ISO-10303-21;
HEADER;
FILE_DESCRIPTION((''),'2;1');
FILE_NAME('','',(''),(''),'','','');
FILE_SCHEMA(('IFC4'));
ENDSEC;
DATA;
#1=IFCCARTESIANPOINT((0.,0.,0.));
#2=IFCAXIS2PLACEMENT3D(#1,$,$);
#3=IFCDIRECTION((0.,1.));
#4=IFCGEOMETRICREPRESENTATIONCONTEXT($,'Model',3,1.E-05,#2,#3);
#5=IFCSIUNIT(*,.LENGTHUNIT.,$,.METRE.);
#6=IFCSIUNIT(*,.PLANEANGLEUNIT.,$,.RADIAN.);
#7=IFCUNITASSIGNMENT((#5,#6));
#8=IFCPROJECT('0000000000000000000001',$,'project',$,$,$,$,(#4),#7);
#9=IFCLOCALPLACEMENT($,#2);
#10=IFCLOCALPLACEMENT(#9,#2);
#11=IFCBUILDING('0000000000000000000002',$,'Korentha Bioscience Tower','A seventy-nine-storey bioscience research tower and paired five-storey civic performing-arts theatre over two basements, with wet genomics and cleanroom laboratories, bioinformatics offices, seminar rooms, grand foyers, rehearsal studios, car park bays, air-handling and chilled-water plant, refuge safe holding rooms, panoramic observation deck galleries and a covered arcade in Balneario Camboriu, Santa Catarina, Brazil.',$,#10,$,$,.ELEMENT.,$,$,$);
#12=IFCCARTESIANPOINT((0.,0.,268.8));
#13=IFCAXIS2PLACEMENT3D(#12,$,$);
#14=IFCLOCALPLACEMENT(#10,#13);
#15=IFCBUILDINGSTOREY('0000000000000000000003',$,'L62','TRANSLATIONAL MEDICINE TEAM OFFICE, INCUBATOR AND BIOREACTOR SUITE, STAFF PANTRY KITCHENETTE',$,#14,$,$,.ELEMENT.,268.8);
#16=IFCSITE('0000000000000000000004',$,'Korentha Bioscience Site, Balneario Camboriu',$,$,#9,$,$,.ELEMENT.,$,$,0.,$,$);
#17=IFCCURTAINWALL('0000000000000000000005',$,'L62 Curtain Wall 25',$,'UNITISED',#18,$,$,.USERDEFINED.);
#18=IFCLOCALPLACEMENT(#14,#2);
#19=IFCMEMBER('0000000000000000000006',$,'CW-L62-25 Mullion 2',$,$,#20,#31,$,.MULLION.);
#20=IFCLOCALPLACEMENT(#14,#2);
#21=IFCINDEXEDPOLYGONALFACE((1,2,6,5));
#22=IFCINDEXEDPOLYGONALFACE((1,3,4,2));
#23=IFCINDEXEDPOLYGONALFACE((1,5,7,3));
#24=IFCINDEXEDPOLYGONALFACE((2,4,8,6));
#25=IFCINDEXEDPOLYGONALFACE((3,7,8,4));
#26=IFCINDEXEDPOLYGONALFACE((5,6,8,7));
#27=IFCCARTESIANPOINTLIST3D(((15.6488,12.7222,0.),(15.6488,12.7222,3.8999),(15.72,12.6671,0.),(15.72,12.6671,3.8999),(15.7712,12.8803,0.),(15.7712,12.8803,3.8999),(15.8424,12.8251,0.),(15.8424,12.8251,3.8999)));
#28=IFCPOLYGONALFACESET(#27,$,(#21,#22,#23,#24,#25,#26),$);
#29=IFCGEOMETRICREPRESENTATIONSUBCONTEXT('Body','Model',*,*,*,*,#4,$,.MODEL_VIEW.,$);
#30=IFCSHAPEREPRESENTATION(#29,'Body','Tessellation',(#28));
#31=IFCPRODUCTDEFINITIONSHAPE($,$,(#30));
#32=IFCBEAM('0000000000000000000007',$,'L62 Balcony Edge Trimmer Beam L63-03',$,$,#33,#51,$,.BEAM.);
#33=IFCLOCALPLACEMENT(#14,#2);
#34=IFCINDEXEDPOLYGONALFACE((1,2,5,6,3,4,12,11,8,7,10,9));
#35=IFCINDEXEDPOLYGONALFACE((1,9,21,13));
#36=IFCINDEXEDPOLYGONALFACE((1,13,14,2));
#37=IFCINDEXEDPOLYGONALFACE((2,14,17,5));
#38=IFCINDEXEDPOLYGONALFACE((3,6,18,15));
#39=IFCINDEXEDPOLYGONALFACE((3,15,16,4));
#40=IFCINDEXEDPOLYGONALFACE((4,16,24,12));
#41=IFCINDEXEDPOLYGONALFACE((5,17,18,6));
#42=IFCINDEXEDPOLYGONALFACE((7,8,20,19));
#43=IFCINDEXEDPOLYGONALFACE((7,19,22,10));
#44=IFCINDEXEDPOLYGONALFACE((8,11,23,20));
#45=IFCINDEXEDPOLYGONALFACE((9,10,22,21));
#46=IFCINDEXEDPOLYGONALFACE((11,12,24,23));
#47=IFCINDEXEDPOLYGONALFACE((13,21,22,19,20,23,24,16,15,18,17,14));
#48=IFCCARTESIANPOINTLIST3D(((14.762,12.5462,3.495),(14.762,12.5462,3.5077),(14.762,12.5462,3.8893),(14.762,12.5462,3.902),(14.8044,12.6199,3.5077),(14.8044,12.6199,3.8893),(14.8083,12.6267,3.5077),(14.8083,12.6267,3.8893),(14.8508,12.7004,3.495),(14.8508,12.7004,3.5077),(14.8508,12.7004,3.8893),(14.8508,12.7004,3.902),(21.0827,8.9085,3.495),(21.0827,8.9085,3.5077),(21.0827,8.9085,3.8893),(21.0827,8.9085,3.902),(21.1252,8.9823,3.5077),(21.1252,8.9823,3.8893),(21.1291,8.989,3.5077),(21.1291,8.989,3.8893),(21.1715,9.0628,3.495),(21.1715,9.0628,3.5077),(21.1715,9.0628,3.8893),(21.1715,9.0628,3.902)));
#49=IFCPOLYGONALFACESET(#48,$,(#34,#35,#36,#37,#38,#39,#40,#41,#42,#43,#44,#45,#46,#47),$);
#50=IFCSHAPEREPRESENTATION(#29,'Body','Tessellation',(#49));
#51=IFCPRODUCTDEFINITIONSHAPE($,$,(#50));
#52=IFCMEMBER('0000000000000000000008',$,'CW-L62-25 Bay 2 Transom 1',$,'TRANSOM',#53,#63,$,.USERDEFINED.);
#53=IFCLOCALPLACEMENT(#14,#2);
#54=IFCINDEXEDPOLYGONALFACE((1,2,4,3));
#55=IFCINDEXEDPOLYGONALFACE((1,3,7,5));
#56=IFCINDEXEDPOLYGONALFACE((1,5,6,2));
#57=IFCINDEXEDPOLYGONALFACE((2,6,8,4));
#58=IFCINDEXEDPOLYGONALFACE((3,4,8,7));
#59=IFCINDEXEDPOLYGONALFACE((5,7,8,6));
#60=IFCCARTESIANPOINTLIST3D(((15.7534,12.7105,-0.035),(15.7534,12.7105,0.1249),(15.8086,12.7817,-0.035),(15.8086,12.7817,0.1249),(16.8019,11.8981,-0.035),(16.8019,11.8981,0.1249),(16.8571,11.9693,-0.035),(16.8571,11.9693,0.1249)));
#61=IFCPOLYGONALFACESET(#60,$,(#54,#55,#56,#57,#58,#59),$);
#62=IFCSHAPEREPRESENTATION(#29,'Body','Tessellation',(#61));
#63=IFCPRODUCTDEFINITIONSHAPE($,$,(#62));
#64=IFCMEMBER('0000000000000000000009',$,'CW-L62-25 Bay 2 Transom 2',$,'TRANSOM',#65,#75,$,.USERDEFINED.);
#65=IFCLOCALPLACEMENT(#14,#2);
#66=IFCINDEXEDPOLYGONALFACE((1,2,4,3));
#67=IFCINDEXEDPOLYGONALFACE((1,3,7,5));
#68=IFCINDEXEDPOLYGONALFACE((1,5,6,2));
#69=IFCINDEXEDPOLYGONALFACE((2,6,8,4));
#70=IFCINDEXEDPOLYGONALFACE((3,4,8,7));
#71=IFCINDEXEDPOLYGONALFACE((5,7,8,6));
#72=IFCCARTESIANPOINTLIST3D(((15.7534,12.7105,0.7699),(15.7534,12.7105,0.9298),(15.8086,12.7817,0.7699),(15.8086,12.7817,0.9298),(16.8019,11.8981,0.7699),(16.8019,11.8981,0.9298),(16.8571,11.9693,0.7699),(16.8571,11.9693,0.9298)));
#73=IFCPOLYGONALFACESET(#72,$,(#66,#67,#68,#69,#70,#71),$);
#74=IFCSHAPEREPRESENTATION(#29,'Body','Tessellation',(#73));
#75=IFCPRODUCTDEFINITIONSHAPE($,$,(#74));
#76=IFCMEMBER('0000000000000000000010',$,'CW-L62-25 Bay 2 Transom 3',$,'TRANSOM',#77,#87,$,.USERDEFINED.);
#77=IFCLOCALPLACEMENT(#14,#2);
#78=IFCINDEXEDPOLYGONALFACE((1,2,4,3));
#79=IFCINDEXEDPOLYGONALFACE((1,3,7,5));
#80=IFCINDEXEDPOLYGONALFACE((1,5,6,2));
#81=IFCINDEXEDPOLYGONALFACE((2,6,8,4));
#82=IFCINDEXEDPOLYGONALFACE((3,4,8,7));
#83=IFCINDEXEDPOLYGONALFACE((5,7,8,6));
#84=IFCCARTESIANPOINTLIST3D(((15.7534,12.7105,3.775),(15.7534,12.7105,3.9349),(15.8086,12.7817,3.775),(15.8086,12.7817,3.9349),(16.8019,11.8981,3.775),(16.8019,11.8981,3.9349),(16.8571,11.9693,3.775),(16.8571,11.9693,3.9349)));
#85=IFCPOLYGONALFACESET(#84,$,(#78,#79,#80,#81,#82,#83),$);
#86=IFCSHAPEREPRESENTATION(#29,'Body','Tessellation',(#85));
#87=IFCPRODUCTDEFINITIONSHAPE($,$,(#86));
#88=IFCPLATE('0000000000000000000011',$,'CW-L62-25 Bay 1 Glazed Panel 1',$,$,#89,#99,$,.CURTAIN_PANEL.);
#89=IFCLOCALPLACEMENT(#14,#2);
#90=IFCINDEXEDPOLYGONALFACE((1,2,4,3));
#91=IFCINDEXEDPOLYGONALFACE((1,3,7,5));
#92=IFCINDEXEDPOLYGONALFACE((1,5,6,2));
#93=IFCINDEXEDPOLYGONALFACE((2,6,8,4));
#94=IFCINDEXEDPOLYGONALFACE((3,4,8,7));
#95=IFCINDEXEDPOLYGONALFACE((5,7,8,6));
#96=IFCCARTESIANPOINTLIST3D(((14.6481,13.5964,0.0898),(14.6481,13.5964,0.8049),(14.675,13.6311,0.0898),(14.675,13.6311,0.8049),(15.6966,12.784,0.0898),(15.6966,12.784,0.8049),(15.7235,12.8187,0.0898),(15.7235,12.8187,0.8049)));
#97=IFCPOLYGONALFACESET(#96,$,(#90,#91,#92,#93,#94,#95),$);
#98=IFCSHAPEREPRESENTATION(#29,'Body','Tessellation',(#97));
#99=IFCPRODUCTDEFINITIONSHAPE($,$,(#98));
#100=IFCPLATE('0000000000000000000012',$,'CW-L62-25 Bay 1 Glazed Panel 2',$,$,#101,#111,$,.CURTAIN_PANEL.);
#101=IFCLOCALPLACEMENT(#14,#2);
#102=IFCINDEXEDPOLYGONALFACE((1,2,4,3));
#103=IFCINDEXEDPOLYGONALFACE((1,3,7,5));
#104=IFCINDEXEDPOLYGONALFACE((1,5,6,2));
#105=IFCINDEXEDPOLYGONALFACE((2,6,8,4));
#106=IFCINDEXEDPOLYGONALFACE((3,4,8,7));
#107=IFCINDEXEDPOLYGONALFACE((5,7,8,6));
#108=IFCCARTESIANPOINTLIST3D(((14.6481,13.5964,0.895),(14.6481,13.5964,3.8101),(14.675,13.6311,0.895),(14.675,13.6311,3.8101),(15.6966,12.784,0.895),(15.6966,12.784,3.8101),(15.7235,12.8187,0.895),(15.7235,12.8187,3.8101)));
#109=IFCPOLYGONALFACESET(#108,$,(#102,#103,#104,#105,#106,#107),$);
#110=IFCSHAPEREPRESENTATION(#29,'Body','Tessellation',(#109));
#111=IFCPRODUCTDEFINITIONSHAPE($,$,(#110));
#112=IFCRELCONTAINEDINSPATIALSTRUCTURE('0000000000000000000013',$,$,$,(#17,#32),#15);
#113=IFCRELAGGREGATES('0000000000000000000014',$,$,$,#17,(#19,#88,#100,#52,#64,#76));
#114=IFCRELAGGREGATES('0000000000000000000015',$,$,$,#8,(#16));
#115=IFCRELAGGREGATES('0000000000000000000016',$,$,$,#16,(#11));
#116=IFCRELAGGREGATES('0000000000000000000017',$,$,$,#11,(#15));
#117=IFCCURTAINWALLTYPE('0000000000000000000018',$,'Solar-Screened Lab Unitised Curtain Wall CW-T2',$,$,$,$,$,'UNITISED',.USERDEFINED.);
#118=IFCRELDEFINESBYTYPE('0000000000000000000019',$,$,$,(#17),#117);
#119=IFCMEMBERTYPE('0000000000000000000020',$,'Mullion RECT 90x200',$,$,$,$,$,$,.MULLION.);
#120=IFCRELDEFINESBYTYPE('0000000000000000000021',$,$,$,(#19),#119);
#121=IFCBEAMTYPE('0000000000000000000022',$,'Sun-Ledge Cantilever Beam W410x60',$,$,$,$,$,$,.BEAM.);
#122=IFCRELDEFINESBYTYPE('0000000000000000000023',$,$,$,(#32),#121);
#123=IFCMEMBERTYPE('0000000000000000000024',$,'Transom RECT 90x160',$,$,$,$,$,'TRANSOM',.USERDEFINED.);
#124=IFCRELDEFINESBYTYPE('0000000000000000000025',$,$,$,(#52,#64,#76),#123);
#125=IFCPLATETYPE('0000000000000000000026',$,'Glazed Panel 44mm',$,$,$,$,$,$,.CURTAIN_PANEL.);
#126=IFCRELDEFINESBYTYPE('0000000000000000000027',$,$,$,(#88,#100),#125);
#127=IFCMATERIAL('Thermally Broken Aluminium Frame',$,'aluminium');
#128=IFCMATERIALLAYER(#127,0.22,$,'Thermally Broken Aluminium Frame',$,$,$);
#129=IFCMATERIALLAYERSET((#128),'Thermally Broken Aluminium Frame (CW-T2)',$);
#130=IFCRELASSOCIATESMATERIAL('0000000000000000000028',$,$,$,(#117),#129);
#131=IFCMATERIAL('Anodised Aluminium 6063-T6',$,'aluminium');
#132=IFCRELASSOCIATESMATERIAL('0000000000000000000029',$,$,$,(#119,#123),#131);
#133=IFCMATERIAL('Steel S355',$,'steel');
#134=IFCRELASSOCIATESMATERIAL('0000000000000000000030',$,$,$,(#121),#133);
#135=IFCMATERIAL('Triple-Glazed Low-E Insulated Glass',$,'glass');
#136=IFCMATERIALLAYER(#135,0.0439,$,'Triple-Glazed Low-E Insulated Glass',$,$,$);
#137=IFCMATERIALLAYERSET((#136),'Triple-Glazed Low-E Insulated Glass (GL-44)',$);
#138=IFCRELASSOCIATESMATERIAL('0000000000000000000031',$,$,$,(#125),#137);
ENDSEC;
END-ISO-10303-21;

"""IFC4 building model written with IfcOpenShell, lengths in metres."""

from ifc_helpers import new_model, si_unit, direction, frame, origin, origin_2d, place, context, subcontext, project, spatial, rectangle, i_section, extrude, material, layer, layer_set, material_profile, profile_set, type_object, element, aggregate, save


model = new_model("IFC4")

# Units and contexts
model_context = context("Model", 3, precision=1e-05, world=origin(), true_north=direction((0.0, 1.0)))
body_context = subcontext(model_context, "Body", "Model", "MODEL_VIEW")
ifc_project = project(units=[si_unit("LENGTHUNIT", "METRE"), si_unit("PLANEANGLEUNIT", "RADIAN")], contexts=[model_context])

# Site, building, storey
site_placement = place(None, origin())
site = spatial("IfcSite", under=ifc_project, at=site_placement, Name="Korentha Bioscience Site, Balneario Camboriu", CompositionType="ELEMENT", RefElevation=0.0)
building_placement = place(site_placement, origin())
building = spatial("IfcBuilding", under=site, at=building_placement, Name="Korentha Bioscience Tower", Description="A seventy-nine-storey bioscience research tower and paired five-storey civic performing-arts theatre over two basements, with wet genomics and cleanroom laboratories, bioinformatics offices, seminar rooms, grand foyers, rehearsal studios, car park bays, air-handling and chilled-water plant, refuge safe holding rooms, panoramic observation deck galleries and a covered arcade in Balneario Camboriu, Santa Catarina, Brazil.", CompositionType="ELEMENT")
storey_placement = place(building_placement, frame((0.0, 0.0, 268.8)))
storey = spatial("IfcBuildingStorey", under=building, at=storey_placement, Name="L62", Description="TRANSLATIONAL MEDICINE TEAM OFFICE, INCUBATOR AND BIOREACTOR SUITE, STAFF PANTRY KITCHENETTE", CompositionType="ELEMENT", Elevation=268.8)

# Curtain wall, member
ifc_material_1 = material(Name="Thermally Broken Aluminium Frame", Category="aluminium")
ifc_layer_1 = layer(ifc_material_1, 0.22, Name="Thermally Broken Aluminium Frame")
ifc_layer_set_1 = layer_set([ifc_layer_1], Name="Thermally Broken Aluminium Frame (CW-T2)")
curtain_wall_type = type_object("IfcCurtainWallType", Name="Solar-Screened Lab Unitised Curtain Wall CW-T2", ElementType="UNITISED", PredefinedType="USERDEFINED", material=ifc_layer_set_1)
curtain_wall_placement = place(storey_placement, origin())
curtain_wall = element("IfcCurtainWall", 1, at=curtain_wall_placement, inside=storey, type_object=curtain_wall_type, Name="L62 Curtain Wall 25", ObjectType="UNITISED", PredefinedType="USERDEFINED")
ifc_material_2 = material(Name="Anodised Aluminium 6063-T6", Category="aluminium")
ifc_material_profile_1 = material_profile(ifc_material_2, rectangle(XDim=0.0901, YDim=0.2, at=origin_2d()), Name="Anodised Aluminium 6063-T6")
ifc_profile_set_1 = profile_set([ifc_material_profile_1], Name="Anodised Aluminium 6063-T6 (CW-MUL)")
member_type_1 = type_object("IfcMemberType", Name="Mullion RECT 90x200", PredefinedType="MULLION", material=ifc_profile_set_1)
member_1_placement = place(storey_placement, frame((15.7456, 12.7737, 0.0), z_axis=(0.0, 0.0, 1.0), x_axis=(0.790488, -0.612478, 0.0)))
member_1 = element("IfcMember", 2, at=member_1_placement, type_object=member_type_1, Name="CW-L62-25 Mullion 2", PredefinedType="MULLION", context=body_context, shape_type="SweptSolid", body=[
    extrude(rectangle(XDim=0.0901, YDim=0.2, at=origin_2d()), origin(), (0.0, 0.0, 1.0), 3.8999),
])

# Beam
ifc_material_3 = material(Name="Steel S355", Category="steel")
ifc_material_profile_2 = material_profile(ifc_material_3, i_section(OverallWidth=0.178, OverallDepth=0.407, WebThickness=0.0078, FlangeThickness=0.0127, at=origin_2d()), Name="Steel S355")
ifc_profile_set_2 = profile_set([ifc_material_profile_2], Name="Steel S355 (CB-410)")
beam_type = type_object("IfcBeamType", Name="Sun-Ledge Cantilever Beam W410x60", PredefinedType="BEAM", material=ifc_profile_set_2)
beam_placement = place(storey_placement, frame((14.8064, 12.6233, 3.6985), z_axis=(0.866715, -0.498804, 0.0), x_axis=(0.498804, 0.866715, 0.0)))
element("IfcBeam", 3, at=beam_placement, inside=storey, type_object=beam_type, Name="L62 Balcony Edge Trimmer Beam L63-03", PredefinedType="BEAM", context=body_context, shape_type="SweptSolid", body=[
    extrude(i_section(OverallWidth=0.178, OverallDepth=0.407, WebThickness=0.0078, FlangeThickness=0.0127, at=origin_2d()), origin(), (0.0, 0.0, 1.0), 7.2927),
])

# Members
ifc_material_profile_3 = material_profile(ifc_material_2, rectangle(XDim=0.0901, YDim=0.1599, at=origin_2d()), Name="Anodised Aluminium 6063-T6")
ifc_profile_set_3 = profile_set([ifc_material_profile_3], Name="Anodised Aluminium 6063-T6 (CW-TRN)")
member_type_2 = type_object("IfcMemberType", Name="Transom RECT 90x160", ElementType="TRANSOM", PredefinedType="USERDEFINED", material=ifc_profile_set_3)
member_2_placement = place(storey_placement, frame((15.781, 12.7461, 0.0449), z_axis=(0.790471, -0.6125, 0.0), x_axis=(0.6125, 0.790471, 0.0)))
member_2 = element("IfcMember", 4, at=member_2_placement, type_object=member_type_2, Name="CW-L62-25 Bay 2 Transom 1", ObjectType="TRANSOM", PredefinedType="USERDEFINED", context=body_context, shape_type="SweptSolid", body=[
    extrude(rectangle(XDim=0.0901, YDim=0.1599, at=origin_2d()), origin(), (0.0, 0.0, 1.0), 1.3264),
])
member_3_placement = place(storey_placement, frame((15.781, 12.7461, 0.8499), z_axis=(0.790471, -0.6125, 0.0), x_axis=(0.6125, 0.790471, 0.0)))
member_3 = element("IfcMember", 5, at=member_3_placement, type_object=member_type_2, Name="CW-L62-25 Bay 2 Transom 2", ObjectType="TRANSOM", PredefinedType="USERDEFINED", context=body_context, shape_type="SweptSolid", body=[
    extrude(rectangle(XDim=0.0901, YDim=0.1599, at=origin_2d()), origin(), (0.0, 0.0, 1.0), 1.3264),
])
member_4_placement = place(storey_placement, frame((15.781, 12.7461, 3.855), z_axis=(0.790471, -0.6125, 0.0), x_axis=(0.6125, 0.790471, 0.0)))
member_4 = element("IfcMember", 6, at=member_4_placement, type_object=member_type_2, Name="CW-L62-25 Bay 2 Transom 3", ObjectType="TRANSOM", PredefinedType="USERDEFINED", context=body_context, shape_type="SweptSolid", body=[
    extrude(rectangle(XDim=0.0901, YDim=0.1599, at=origin_2d()), origin(), (0.0, 0.0, 1.0), 1.3264),
])

# Plates
ifc_material_4 = material(Name="Triple-Glazed Low-E Insulated Glass", Category="glass")
ifc_layer_2 = layer(ifc_material_4, 0.0439, Name="Triple-Glazed Low-E Insulated Glass")
ifc_layer_set_2 = layer_set([ifc_layer_2], Name="Triple-Glazed Low-E Insulated Glass (GL-44)")
plate_type = type_object("IfcPlateType", Name="Glazed Panel 44mm", PredefinedType="CURTAIN_PANEL", material=ifc_layer_set_2)
plate_1_placement = place(storey_placement, frame((15.1858, 13.2075, 0.0898), z_axis=(0.0, 0.0, 1.0), x_axis=(0.790488, -0.612478, 0.0)))
plate_1 = element("IfcPlate", 7, at=plate_1_placement, type_object=plate_type, Name="CW-L62-25 Bay 1 Glazed Panel 1", PredefinedType="CURTAIN_PANEL", context=body_context, shape_type="SweptSolid", body=[
    extrude(rectangle(XDim=1.3264, YDim=0.0439, at=origin_2d()), origin(), (0.0, 0.0, 1.0), 0.7151),
])
plate_2_placement = place(storey_placement, frame((15.1858, 13.2075, 0.895), z_axis=(0.0, 0.0, 1.0), x_axis=(0.790488, -0.612478, 0.0)))
plate_2 = element("IfcPlate", 8, at=plate_2_placement, type_object=plate_type, Name="CW-L62-25 Bay 1 Glazed Panel 2", PredefinedType="CURTAIN_PANEL", context=body_context, shape_type="SweptSolid", body=[
    extrude(rectangle(XDim=1.3264, YDim=0.0439, at=origin_2d()), origin(), (0.0, 0.0, 1.0), 2.915),
])
aggregate(curtain_wall, [member_1, plate_1, plate_2, member_2, member_3, member_4])

save(model, "model.ifc")
